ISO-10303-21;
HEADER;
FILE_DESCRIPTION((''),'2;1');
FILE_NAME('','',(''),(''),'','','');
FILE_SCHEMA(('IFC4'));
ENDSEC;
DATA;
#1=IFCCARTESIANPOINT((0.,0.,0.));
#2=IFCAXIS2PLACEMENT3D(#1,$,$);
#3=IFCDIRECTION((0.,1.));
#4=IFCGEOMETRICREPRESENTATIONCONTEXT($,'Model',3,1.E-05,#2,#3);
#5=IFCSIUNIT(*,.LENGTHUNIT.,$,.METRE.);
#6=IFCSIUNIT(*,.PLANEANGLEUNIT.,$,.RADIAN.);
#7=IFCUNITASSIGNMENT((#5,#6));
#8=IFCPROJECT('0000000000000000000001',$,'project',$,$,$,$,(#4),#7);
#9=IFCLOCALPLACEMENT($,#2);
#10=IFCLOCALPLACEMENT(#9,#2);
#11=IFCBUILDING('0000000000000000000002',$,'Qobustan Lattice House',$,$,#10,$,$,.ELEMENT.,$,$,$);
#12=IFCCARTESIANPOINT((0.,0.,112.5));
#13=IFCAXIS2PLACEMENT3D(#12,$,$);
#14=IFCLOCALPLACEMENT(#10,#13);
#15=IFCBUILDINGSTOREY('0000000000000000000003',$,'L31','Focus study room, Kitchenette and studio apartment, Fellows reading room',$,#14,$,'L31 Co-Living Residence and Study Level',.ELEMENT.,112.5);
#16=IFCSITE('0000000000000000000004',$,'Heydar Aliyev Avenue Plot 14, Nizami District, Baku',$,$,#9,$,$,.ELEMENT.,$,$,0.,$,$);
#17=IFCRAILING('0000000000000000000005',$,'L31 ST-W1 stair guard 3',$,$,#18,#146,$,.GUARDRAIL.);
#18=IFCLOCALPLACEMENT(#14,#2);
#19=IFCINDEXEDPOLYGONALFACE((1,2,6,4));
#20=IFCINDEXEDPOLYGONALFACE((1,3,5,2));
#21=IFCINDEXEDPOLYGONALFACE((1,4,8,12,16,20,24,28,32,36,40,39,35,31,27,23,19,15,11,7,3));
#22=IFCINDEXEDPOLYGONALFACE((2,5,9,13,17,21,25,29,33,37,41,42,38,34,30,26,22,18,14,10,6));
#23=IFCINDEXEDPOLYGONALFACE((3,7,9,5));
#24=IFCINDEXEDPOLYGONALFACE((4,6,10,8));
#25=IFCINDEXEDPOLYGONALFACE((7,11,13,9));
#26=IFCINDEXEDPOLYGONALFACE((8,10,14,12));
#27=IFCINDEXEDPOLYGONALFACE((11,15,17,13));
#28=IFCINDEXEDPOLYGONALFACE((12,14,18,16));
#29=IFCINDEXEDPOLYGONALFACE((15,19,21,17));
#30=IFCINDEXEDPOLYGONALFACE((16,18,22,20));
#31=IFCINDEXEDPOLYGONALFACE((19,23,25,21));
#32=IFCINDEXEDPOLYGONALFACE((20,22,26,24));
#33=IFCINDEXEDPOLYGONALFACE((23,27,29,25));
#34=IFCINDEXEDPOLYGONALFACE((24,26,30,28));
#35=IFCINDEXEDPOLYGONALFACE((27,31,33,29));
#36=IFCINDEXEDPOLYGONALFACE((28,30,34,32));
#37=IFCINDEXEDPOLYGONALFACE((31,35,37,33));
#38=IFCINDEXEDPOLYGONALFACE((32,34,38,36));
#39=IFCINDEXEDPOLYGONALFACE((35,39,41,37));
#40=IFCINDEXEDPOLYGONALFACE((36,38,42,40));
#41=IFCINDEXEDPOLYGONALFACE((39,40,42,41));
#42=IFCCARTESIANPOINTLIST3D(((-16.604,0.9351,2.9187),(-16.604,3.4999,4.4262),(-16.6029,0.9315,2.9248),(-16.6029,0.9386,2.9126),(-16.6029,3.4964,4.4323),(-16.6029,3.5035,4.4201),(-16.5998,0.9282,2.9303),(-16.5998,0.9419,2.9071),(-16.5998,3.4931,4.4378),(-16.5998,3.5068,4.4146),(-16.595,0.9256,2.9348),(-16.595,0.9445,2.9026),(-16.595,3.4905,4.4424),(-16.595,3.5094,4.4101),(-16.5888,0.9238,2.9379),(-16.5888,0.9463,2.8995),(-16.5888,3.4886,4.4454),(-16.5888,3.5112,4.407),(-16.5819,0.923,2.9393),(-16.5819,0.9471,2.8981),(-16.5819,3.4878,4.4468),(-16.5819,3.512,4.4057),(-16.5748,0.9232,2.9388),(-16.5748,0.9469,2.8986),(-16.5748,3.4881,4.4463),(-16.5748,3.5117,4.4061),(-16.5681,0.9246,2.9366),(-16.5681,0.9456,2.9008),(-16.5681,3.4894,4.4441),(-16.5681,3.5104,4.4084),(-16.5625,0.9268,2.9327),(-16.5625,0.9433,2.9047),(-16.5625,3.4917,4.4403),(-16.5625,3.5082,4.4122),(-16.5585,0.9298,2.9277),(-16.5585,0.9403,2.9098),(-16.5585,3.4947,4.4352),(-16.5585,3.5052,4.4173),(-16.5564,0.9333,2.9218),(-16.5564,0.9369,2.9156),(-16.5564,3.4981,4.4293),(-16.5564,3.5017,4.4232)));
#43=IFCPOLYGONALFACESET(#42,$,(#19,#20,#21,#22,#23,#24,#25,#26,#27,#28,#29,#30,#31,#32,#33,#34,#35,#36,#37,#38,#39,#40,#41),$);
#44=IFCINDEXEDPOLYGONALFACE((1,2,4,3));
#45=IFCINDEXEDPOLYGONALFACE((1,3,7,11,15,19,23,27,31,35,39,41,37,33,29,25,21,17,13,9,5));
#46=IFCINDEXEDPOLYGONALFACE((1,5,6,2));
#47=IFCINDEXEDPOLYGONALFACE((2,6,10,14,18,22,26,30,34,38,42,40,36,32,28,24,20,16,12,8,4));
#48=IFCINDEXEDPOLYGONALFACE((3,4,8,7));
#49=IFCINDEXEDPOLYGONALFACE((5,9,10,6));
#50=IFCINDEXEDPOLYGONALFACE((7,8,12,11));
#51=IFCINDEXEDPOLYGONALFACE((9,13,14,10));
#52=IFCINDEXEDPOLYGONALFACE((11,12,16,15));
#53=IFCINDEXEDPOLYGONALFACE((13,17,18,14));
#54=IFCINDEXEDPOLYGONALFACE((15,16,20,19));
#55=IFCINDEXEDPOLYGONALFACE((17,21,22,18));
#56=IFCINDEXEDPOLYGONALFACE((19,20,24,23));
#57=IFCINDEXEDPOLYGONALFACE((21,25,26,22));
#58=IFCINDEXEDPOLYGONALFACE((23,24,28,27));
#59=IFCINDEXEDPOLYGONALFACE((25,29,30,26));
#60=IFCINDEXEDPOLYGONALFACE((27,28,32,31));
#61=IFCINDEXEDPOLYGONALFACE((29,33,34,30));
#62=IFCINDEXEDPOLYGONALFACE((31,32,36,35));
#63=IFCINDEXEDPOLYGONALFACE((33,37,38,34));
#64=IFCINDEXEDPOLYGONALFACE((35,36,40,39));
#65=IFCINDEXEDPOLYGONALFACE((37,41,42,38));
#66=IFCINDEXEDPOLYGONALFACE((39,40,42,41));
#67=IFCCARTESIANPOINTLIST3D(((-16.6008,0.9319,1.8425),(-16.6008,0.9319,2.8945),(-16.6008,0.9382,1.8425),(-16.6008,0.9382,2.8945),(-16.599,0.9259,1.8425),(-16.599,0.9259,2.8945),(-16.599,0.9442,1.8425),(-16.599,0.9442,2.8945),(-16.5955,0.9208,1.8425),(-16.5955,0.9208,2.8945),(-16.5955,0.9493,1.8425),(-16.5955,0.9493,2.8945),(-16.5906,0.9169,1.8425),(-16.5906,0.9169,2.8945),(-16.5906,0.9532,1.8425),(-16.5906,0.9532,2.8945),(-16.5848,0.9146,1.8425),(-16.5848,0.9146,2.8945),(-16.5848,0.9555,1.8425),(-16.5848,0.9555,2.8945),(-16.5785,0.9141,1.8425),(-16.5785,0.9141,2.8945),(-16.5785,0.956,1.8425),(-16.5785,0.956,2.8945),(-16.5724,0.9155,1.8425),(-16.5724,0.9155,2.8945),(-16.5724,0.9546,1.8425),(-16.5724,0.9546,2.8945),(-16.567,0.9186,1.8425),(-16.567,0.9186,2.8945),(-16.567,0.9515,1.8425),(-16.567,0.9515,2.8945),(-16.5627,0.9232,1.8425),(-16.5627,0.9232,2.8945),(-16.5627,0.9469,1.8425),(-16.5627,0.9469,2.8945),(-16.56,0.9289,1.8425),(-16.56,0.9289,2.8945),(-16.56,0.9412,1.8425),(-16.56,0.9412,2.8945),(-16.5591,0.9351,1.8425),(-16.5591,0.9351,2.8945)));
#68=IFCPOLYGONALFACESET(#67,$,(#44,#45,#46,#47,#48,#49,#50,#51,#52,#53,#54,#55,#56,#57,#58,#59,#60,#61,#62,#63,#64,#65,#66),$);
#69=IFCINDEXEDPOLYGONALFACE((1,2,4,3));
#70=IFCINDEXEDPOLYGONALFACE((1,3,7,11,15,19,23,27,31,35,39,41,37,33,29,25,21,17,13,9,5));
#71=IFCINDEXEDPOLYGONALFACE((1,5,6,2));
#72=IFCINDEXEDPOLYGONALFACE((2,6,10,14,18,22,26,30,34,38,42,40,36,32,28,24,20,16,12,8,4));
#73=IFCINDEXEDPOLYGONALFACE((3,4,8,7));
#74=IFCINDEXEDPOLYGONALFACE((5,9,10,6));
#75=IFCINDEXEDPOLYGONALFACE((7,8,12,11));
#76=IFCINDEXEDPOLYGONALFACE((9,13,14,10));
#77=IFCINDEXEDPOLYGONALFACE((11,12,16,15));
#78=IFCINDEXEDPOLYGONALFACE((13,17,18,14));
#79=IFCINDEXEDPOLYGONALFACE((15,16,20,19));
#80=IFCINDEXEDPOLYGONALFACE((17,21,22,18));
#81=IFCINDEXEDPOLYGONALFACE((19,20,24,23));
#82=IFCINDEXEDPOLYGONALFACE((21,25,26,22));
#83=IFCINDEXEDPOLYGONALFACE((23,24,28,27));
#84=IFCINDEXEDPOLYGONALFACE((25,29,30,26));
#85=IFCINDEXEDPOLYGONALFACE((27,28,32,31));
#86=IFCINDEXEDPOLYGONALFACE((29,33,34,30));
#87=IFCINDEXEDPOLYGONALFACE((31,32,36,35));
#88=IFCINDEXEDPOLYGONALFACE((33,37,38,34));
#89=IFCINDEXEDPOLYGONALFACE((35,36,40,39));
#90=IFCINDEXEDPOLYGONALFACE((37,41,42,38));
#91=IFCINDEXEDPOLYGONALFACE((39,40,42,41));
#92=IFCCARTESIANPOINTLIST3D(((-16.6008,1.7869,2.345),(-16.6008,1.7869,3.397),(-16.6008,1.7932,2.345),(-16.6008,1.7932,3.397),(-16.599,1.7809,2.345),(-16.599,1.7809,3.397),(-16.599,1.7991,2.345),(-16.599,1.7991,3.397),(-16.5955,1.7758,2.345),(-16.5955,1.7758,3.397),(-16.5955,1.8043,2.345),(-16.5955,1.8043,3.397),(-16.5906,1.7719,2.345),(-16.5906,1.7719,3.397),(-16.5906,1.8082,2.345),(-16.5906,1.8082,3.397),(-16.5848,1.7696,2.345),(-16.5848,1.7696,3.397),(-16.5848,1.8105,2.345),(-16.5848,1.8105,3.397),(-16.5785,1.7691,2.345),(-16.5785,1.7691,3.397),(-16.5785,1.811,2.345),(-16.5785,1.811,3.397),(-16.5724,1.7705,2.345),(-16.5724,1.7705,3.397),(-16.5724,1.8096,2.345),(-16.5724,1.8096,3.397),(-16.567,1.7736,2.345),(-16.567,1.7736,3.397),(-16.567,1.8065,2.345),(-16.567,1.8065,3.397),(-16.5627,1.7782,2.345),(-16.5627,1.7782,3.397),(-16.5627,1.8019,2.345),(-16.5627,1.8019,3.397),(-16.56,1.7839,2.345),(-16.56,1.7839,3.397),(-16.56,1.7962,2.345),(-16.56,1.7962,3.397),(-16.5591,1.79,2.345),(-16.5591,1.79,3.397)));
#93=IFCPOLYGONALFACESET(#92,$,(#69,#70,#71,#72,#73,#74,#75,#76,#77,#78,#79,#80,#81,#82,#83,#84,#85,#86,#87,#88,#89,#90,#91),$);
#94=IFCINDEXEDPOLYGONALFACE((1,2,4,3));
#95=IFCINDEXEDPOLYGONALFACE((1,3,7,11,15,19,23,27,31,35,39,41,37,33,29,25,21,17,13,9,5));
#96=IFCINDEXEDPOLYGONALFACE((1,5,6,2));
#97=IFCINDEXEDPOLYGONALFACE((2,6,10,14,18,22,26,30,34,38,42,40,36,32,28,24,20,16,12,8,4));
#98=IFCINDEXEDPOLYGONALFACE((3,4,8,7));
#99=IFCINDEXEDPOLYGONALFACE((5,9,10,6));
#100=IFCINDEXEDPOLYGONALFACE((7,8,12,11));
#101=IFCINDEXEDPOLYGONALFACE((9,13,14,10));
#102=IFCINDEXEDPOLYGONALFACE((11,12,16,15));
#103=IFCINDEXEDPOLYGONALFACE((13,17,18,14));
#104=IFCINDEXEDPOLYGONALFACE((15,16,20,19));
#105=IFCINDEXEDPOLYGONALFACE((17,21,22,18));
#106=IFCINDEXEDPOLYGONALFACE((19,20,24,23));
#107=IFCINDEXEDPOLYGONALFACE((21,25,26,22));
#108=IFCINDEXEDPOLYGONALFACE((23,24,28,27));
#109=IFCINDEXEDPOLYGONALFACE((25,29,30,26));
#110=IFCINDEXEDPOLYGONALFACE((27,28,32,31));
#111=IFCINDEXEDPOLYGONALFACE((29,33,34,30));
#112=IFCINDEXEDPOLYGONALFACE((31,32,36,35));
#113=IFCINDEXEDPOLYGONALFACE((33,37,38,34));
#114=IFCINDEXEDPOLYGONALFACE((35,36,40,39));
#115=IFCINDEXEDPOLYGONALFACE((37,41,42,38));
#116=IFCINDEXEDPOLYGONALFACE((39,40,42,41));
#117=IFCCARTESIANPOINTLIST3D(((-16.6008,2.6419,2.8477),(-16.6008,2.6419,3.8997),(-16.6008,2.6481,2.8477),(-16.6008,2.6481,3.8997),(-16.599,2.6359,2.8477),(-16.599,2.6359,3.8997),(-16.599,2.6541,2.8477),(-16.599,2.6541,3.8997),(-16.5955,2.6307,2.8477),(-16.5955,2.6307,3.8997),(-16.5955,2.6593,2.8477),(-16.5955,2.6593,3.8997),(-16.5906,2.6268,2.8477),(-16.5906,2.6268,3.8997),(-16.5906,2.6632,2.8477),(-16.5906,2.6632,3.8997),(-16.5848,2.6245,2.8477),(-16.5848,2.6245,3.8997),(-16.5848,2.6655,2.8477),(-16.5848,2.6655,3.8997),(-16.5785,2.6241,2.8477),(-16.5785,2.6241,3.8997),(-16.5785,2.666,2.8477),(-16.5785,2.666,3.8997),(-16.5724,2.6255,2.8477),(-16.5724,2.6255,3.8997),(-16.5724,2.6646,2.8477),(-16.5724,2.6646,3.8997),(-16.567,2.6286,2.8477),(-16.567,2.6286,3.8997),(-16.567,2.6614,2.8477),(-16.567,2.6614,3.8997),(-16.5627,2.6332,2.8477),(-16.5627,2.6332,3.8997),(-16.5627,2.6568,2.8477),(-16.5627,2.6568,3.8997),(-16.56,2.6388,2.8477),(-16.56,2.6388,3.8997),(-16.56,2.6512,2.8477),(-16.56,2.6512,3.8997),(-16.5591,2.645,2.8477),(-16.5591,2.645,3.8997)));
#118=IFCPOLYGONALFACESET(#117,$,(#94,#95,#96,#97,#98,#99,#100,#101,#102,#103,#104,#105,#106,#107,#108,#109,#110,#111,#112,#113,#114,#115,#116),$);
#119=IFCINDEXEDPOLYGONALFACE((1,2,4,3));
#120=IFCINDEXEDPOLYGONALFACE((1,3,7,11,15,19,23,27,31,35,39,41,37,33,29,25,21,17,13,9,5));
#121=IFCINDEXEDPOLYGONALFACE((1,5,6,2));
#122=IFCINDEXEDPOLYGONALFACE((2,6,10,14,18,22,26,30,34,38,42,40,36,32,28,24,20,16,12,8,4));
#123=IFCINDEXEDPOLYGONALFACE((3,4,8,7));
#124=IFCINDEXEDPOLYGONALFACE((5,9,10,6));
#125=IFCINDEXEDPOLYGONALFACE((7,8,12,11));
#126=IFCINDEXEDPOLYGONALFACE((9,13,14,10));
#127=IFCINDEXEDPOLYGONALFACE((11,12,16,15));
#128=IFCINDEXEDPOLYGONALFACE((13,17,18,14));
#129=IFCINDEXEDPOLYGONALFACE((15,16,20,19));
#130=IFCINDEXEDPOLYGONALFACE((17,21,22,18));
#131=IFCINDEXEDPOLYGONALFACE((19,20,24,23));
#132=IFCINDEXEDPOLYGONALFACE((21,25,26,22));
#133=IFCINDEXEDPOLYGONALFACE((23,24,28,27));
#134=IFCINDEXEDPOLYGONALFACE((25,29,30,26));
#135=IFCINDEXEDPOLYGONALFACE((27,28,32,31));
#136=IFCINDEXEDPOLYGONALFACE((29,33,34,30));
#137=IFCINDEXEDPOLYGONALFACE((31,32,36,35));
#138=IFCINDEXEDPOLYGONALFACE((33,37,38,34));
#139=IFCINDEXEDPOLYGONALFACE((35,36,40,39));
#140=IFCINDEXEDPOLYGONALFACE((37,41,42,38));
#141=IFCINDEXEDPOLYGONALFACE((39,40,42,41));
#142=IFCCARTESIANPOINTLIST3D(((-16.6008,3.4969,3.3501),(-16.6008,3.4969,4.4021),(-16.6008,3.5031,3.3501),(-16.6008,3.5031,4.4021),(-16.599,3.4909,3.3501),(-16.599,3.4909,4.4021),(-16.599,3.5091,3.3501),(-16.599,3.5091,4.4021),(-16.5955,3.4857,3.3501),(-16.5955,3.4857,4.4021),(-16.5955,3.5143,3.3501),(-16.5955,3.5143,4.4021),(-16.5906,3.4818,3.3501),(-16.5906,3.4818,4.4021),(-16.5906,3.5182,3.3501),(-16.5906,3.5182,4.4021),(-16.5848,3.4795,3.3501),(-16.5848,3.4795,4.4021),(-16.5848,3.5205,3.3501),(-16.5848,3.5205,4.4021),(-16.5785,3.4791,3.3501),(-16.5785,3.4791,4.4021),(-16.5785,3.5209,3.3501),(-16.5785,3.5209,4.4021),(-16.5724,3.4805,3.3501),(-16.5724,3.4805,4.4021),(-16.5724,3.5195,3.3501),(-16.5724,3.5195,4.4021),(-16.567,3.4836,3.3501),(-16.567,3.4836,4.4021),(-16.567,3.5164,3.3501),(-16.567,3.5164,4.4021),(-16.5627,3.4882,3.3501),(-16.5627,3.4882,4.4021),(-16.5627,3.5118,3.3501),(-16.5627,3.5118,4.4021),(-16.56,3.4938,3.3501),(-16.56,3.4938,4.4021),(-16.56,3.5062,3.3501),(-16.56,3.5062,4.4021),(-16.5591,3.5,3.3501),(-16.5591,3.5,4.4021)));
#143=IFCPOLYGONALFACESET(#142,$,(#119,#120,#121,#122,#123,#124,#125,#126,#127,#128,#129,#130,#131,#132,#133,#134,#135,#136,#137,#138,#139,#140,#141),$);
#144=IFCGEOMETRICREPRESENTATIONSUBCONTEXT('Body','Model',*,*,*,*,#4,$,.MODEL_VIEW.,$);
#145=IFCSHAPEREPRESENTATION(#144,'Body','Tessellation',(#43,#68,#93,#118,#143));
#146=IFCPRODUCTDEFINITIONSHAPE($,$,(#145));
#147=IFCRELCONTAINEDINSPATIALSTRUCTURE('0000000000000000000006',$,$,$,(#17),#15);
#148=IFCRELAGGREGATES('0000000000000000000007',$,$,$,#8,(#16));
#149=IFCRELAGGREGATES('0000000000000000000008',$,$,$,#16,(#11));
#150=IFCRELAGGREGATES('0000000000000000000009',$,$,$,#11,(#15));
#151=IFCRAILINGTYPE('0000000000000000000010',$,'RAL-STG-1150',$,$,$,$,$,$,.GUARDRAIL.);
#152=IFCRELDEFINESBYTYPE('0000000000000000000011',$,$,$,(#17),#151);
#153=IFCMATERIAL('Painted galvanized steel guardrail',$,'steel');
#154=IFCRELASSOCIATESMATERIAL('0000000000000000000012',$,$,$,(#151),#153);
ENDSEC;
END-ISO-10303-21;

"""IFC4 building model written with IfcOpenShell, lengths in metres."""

from ifc_helpers import new_model, si_unit, direction, frame, origin, origin_2d, place, context, subcontext, project, spatial, circle, extrude, material, type_object, element, save


model = new_model("IFC4")

# Units and contexts
model_context = context("Model", 3, precision=1e-05, world=origin(), true_north=direction((0.0, 1.0)))
body_context = subcontext(model_context, "Body", "Model", "MODEL_VIEW")
ifc_project = project(units=[si_unit("LENGTHUNIT", "METRE"), si_unit("PLANEANGLEUNIT", "RADIAN")], contexts=[model_context])

# Site, building, storey
site_placement = place(None, origin())
site = spatial("IfcSite", under=ifc_project, at=site_placement, Name="Heydar Aliyev Avenue Plot 14, Nizami District, Baku", CompositionType="ELEMENT", RefElevation=0.0)
building_placement = place(site_placement, origin())
building = spatial("IfcBuilding", under=site, at=building_placement, Name="Qobustan Lattice House", CompositionType="ELEMENT")
storey_placement = place(building_placement, frame((0.0, 0.0, 112.5)))
storey = spatial("IfcBuildingStorey", under=building, at=storey_placement, Name="L31", Description="Focus study room, Kitchenette and studio apartment, Fellows reading room", LongName="L31 Co-Living Residence and Study Level", CompositionType="ELEMENT", Elevation=112.5)

# Railing
ifc_material_1 = material(Name="Painted galvanized steel guardrail", Category="steel")
railing_type_1 = type_object("IfcRailingType", Name="RAL-STG-1150", PredefinedType="GUARDRAIL", material=ifc_material_1)
railing_1_placement = place(storey_placement, frame((-16.5801, 0.9351, 1.8425)))
element("IfcRailing", 1, at=railing_1_placement, inside=storey, type_object=railing_type_1, Name="L31 ST-W1 stair guard 3", PredefinedType="GUARDRAIL", context=body_context, shape_type="SweptSolid", body=[
    extrude(circle(Radius=0.0239, at=origin_2d()), frame((0.0, 0.0, 1.0762), z_axis=(0.0, 0.862113, 0.506715), x_axis=(-1.0, 0.0, 0.0)), (0.0, 0.0, 1.0), 2.9751),
    extrude(circle(Radius=0.021, at=origin_2d()), origin(), (0.0, 0.0, 1.0), 1.052),
    extrude(circle(Radius=0.021, at=origin_2d()), frame((0.0, 0.855, 0.5024)), (0.0, 0.0, 1.0), 1.052),
    extrude(circle(Radius=0.021, at=origin_2d()), frame((0.0, 1.71, 1.0051)), (0.0, 0.0, 1.0), 1.052),
    extrude(circle(Radius=0.021, at=origin_2d()), frame((0.0, 2.5649, 1.5076)), (0.0, 0.0, 1.0), 1.052),
])

save(model, "model.ifc")
